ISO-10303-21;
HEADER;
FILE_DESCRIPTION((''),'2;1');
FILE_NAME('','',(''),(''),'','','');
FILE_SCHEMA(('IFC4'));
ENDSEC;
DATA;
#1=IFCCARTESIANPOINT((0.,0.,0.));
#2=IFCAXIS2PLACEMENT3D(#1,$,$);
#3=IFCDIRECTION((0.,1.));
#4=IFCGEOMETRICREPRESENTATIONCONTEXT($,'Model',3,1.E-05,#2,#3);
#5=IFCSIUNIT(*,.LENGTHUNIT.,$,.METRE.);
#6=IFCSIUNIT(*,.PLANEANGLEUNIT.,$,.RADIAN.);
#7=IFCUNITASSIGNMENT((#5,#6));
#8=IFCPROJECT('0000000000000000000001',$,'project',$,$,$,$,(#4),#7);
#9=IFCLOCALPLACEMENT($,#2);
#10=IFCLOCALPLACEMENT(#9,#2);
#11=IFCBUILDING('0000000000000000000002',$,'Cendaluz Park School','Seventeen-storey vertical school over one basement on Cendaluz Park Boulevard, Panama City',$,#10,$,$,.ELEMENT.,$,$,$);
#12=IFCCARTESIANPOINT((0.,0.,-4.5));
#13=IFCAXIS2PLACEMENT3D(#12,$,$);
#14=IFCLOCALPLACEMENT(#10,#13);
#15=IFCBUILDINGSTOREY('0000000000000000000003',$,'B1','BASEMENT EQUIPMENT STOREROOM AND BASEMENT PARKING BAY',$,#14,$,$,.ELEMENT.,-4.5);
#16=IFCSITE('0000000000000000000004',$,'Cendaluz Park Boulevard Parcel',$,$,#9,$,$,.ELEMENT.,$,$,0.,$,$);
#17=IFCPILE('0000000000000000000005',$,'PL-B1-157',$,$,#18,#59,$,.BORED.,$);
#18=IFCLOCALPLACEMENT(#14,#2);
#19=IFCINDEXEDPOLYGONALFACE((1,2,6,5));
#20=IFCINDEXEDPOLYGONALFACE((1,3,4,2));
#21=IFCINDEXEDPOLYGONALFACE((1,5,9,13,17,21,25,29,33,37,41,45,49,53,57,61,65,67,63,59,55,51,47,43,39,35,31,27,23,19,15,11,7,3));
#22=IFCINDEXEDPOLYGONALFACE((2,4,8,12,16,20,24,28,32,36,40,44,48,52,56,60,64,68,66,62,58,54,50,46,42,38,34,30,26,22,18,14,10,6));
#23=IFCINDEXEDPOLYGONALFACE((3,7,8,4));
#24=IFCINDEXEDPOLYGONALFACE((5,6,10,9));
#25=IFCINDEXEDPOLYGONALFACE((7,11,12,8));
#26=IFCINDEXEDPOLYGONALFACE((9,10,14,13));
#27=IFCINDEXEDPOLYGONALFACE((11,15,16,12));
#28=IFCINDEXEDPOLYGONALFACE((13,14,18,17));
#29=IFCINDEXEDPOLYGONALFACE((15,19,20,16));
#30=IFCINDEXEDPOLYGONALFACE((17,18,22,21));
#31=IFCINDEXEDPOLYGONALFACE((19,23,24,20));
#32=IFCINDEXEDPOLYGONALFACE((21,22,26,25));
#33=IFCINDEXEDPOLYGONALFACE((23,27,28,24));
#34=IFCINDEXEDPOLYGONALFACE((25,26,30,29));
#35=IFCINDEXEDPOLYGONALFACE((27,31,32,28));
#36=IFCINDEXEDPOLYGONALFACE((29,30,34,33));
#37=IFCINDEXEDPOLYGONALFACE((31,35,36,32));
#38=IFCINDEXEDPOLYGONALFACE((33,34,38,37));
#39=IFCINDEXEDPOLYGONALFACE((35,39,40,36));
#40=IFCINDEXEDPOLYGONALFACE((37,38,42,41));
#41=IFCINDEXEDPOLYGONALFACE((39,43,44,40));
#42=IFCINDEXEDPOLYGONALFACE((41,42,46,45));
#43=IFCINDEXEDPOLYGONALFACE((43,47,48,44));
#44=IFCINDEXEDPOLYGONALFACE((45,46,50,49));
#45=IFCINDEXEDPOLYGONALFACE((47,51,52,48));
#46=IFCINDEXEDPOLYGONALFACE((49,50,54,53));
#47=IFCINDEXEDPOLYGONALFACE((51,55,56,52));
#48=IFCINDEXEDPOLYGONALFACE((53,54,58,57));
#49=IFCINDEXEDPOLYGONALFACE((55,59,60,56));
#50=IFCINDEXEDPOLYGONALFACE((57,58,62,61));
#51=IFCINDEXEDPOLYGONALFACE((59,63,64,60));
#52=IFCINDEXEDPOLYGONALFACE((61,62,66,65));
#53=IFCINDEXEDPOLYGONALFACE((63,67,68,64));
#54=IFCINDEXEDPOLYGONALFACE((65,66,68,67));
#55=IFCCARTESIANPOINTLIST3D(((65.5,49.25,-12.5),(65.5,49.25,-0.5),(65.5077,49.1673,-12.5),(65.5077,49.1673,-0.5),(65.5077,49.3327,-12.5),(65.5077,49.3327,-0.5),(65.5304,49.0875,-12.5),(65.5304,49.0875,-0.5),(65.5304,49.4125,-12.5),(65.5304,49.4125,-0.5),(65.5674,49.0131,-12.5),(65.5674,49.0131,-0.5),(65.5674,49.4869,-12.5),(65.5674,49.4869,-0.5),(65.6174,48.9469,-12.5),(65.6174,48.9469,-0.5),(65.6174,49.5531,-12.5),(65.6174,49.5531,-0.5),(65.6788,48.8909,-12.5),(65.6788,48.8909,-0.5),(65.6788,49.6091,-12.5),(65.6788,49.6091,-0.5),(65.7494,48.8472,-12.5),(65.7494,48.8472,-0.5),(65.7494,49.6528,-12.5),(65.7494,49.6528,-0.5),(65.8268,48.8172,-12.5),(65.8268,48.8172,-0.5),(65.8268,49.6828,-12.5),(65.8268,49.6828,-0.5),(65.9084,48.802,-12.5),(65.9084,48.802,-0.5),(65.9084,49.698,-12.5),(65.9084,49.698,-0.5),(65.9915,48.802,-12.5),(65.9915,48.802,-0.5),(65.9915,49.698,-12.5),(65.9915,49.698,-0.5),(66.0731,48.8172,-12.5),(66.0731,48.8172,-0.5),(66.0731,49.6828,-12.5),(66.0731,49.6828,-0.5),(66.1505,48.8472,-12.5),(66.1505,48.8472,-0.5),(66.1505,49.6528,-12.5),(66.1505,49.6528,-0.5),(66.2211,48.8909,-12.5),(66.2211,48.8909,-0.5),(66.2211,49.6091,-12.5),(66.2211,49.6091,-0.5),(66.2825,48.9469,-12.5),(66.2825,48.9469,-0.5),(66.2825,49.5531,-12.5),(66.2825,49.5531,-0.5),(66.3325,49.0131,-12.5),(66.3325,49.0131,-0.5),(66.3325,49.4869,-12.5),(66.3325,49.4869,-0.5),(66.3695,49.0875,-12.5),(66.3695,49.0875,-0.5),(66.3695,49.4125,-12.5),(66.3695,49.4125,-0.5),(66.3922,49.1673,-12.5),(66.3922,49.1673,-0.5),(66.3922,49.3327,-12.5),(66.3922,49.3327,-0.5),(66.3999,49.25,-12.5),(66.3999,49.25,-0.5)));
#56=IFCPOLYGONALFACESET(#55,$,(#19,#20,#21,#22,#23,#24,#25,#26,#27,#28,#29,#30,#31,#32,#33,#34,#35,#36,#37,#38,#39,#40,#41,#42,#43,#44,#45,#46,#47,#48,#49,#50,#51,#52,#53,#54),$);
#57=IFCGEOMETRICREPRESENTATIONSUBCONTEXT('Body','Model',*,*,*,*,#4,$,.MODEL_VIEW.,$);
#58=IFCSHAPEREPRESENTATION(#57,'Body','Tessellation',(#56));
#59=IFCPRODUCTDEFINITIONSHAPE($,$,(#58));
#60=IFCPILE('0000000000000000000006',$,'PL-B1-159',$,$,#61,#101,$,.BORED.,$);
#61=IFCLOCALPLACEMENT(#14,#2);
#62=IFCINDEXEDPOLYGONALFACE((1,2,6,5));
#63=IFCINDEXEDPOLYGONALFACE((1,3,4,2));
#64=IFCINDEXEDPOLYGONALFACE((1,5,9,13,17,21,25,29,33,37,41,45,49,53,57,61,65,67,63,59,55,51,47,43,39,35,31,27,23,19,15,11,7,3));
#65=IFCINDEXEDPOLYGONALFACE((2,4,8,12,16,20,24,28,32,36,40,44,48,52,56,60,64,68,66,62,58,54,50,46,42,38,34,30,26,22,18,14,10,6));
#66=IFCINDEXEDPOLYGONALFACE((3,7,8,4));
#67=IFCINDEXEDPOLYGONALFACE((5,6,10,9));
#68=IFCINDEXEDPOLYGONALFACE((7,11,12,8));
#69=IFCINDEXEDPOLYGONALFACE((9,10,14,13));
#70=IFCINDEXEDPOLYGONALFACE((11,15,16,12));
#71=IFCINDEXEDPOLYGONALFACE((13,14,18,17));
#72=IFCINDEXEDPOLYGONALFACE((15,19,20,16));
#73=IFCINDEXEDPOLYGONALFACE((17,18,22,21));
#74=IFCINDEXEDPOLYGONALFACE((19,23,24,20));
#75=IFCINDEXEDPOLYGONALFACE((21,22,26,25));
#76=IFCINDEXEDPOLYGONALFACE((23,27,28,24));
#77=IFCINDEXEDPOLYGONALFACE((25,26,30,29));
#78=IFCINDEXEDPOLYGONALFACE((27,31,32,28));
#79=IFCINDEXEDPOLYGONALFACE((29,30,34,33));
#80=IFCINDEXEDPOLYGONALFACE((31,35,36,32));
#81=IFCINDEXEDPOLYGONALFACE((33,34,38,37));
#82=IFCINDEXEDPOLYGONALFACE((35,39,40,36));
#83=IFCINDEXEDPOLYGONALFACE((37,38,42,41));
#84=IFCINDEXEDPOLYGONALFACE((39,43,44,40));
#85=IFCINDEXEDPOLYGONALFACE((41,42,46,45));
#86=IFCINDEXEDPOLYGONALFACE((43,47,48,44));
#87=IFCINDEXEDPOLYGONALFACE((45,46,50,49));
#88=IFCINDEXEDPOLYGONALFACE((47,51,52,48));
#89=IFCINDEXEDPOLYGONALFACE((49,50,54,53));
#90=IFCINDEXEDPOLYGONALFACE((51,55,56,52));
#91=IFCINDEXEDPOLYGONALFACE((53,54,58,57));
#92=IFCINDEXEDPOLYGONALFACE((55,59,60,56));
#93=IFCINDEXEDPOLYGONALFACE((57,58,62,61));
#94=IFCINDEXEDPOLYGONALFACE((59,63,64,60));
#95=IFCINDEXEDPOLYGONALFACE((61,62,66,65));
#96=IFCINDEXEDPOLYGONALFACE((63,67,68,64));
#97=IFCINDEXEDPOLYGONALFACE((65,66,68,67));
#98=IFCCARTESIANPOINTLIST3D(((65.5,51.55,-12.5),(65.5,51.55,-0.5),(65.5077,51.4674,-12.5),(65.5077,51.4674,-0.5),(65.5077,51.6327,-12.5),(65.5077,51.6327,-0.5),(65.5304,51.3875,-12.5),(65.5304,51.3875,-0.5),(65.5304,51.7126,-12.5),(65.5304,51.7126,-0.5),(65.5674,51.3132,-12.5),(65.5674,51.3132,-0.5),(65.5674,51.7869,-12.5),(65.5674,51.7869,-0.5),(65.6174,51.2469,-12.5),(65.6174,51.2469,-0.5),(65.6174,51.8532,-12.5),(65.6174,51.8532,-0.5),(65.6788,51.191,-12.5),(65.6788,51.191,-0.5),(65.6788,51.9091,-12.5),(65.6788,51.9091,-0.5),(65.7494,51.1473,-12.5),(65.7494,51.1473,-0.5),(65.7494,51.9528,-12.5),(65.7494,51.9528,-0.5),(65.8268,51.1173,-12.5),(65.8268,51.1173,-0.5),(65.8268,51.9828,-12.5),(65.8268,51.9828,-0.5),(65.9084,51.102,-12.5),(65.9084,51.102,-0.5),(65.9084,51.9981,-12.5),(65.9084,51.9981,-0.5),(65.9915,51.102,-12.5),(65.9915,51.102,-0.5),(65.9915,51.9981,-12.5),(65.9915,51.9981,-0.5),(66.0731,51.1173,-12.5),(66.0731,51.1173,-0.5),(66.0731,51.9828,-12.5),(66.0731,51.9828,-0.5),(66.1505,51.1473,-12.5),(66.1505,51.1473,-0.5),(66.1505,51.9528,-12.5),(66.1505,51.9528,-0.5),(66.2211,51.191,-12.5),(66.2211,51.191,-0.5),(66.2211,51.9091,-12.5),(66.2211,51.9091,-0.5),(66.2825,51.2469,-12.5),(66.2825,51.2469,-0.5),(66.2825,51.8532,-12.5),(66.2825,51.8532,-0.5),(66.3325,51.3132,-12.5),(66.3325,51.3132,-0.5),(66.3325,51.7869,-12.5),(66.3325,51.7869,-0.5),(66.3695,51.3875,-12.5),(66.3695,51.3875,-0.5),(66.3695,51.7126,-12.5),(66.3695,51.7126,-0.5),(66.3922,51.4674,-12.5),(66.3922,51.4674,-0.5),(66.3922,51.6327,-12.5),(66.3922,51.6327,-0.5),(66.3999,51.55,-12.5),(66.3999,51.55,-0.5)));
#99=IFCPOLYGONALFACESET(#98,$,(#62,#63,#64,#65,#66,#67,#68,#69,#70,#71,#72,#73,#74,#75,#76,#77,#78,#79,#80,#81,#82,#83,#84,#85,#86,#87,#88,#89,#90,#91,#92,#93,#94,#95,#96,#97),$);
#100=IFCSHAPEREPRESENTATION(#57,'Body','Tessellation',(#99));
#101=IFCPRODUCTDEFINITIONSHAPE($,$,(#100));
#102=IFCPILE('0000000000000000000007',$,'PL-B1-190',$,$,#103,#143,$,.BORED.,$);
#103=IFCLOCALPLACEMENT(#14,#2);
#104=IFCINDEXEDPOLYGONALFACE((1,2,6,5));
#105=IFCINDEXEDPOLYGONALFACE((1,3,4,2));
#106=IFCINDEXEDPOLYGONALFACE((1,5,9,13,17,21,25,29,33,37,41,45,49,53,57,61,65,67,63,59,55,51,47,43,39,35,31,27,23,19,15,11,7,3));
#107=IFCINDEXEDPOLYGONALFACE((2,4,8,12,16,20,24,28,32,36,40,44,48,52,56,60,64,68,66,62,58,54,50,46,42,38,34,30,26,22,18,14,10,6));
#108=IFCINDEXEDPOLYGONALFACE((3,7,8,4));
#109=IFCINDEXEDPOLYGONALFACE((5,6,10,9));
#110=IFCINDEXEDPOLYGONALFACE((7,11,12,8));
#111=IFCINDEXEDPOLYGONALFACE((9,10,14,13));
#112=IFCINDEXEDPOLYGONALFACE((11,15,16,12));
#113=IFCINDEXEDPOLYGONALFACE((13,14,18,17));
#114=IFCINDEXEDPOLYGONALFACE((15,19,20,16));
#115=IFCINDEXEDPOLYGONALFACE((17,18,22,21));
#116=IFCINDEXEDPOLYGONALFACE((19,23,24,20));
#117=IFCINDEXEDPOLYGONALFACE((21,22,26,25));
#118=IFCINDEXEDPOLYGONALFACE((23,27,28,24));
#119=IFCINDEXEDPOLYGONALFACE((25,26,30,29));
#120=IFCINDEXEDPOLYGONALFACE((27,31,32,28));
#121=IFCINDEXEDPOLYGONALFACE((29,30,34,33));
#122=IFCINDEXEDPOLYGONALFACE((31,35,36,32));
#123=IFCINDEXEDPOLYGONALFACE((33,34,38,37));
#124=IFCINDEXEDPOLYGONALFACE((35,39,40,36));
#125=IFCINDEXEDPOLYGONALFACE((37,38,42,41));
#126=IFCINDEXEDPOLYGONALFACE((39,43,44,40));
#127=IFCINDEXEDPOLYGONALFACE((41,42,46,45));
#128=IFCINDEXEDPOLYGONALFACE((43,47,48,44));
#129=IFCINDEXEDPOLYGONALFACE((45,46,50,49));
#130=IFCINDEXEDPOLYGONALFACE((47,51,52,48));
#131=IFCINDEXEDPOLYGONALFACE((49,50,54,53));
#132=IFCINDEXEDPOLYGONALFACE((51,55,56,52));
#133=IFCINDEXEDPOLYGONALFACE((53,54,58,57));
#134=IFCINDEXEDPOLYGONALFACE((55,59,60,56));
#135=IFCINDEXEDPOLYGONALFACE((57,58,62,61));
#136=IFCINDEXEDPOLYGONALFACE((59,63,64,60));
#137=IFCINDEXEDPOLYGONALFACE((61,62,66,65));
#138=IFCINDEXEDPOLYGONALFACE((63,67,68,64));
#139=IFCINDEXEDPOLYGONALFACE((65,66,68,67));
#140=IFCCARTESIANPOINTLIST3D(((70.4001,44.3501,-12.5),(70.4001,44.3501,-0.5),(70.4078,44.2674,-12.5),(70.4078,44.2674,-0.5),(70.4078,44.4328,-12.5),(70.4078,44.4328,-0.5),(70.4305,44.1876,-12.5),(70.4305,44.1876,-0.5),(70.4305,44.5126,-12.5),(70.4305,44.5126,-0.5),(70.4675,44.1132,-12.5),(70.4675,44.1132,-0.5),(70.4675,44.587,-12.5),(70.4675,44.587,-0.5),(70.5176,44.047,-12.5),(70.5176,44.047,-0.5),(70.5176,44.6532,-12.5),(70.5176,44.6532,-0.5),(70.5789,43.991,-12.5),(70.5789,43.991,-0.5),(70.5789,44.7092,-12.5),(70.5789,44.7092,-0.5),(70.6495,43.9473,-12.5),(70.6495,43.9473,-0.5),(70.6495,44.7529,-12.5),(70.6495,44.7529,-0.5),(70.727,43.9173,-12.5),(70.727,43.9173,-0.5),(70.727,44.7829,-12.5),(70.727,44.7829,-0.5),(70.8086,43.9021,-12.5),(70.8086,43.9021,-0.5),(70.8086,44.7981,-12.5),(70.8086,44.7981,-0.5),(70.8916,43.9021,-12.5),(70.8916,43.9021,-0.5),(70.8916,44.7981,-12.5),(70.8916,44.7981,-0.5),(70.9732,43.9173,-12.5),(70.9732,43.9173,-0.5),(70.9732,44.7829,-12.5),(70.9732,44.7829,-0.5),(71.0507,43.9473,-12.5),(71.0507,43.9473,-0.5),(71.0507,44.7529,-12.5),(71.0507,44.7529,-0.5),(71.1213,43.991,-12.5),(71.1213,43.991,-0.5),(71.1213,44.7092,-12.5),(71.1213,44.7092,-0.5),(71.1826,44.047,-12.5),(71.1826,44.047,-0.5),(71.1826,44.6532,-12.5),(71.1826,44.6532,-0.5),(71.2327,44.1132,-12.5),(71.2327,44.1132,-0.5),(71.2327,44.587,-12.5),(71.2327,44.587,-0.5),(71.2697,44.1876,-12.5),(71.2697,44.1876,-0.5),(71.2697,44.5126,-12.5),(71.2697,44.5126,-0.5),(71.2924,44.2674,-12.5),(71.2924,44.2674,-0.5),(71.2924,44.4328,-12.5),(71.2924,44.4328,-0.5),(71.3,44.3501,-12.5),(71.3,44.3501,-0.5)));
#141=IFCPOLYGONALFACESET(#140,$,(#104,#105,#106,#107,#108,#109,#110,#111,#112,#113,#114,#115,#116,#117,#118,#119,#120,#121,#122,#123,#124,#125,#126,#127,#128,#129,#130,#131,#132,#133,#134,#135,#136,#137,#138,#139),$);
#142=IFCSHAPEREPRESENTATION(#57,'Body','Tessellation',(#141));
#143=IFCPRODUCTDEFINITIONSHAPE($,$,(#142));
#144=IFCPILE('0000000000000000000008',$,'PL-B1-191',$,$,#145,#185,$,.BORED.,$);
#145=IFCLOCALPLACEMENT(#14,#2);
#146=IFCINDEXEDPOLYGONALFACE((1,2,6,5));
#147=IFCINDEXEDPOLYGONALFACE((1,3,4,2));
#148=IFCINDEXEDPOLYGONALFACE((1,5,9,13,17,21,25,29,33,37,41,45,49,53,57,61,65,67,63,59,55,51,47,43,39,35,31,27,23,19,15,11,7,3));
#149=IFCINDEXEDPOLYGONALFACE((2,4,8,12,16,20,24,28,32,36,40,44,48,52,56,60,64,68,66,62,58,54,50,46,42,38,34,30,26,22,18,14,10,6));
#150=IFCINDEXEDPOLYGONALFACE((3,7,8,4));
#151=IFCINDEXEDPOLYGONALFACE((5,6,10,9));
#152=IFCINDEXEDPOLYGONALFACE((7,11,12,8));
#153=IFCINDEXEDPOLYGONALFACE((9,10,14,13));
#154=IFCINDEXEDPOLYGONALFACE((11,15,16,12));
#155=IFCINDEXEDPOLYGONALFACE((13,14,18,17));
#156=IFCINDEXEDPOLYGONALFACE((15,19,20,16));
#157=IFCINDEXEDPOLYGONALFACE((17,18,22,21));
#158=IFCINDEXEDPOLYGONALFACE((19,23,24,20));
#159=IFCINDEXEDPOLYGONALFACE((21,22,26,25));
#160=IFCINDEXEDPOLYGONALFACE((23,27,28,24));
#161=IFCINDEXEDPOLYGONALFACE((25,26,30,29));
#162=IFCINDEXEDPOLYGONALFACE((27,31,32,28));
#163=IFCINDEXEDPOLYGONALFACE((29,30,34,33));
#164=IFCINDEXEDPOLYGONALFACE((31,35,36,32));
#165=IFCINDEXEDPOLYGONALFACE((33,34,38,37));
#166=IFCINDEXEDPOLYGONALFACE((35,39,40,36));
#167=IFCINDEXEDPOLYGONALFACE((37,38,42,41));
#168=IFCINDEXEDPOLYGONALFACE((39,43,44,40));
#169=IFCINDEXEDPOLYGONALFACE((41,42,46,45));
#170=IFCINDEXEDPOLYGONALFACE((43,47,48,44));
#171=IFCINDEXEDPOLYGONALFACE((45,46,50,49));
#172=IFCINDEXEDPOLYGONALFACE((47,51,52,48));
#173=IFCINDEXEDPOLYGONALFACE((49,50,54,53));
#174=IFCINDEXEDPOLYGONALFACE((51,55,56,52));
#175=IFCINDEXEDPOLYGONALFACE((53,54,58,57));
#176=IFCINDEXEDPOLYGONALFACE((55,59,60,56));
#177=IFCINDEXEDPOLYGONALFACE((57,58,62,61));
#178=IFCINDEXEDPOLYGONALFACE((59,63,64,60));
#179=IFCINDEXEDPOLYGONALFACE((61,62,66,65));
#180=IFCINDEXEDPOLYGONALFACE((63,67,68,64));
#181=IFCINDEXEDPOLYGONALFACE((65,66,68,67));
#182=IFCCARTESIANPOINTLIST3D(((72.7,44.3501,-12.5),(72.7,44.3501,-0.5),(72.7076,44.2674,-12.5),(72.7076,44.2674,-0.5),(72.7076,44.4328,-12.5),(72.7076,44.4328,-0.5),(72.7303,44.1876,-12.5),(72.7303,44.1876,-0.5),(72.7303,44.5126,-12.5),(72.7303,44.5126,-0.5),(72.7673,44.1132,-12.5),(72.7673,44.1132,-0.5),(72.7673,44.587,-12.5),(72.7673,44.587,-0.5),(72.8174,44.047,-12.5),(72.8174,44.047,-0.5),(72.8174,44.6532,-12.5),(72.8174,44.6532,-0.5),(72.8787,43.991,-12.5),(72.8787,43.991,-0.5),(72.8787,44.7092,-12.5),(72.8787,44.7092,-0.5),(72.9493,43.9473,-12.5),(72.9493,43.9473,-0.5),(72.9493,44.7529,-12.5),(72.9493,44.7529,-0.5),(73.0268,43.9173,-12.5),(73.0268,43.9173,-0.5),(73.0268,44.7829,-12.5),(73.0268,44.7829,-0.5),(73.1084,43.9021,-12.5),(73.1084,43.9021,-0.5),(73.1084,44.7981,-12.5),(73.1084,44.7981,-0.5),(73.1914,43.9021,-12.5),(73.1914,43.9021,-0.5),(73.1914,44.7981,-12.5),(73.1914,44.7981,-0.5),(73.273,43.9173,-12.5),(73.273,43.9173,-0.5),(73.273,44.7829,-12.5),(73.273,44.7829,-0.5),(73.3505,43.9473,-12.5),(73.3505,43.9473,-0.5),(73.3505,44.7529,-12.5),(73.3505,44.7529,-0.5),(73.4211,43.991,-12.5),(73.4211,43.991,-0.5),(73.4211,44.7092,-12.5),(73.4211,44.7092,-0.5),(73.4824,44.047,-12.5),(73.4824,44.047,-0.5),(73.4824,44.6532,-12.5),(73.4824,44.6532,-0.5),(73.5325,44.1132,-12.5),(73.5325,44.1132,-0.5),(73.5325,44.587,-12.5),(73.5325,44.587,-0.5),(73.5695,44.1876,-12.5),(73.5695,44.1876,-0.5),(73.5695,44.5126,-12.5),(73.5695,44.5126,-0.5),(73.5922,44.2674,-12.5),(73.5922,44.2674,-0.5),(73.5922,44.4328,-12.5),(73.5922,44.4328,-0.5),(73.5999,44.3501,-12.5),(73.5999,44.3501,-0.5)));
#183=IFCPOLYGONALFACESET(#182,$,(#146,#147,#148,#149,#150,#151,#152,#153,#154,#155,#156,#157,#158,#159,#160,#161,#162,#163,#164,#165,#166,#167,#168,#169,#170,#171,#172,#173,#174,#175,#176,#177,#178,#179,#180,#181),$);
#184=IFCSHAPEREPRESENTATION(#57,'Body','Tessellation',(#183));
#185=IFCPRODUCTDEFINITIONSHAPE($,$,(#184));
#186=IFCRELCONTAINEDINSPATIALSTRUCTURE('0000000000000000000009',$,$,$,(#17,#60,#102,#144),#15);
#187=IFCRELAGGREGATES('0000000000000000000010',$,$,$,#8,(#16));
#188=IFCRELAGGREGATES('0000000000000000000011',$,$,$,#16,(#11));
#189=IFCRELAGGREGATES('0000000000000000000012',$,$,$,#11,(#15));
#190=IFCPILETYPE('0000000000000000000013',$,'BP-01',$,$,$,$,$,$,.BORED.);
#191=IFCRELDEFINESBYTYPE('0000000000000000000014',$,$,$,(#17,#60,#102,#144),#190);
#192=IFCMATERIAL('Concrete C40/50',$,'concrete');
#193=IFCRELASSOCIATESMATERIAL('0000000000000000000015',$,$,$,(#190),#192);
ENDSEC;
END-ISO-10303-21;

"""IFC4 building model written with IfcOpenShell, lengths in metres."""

from ifc_helpers import new_model, si_unit, direction, frame, origin, origin_2d, place, context, subcontext, project, spatial, circle, extrude, material, material_profile, profile_set, type_object, element, save


model = new_model("IFC4")

# Units and contexts
model_context = context("Model", 3, precision=1e-05, world=origin(), true_north=direction((0.0, 1.0)))
body_context = subcontext(model_context, "Body", "Model", "MODEL_VIEW")
ifc_project = project(units=[si_unit("LENGTHUNIT", "METRE"), si_unit("PLANEANGLEUNIT", "RADIAN")], contexts=[model_context])

# Site, building, storey
site_placement = place(None, origin())
site = spatial("IfcSite", under=ifc_project, at=site_placement, Name="Cendaluz Park Boulevard Parcel", CompositionType="ELEMENT", RefElevation=0.0)
building_placement = place(site_placement, origin())
building = spatial("IfcBuilding", under=site, at=building_placement, Name="Cendaluz Park School", Description="Seventeen-storey vertical school over one basement on Cendaluz Park Boulevard, Panama City", CompositionType="ELEMENT")
storey_placement = place(building_placement, frame((0.0, 0.0, -4.5)))
storey = spatial("IfcBuildingStorey", under=building, at=storey_placement, Name="B1", Description="BASEMENT EQUIPMENT STOREROOM AND BASEMENT PARKING BAY", CompositionType="ELEMENT", Elevation=-4.5)

# Piles
ifc_material_1 = material(Name="Concrete C40/50", Category="concrete")
ifc_material_profile_1 = material_profile(ifc_material_1, circle(Radius=0.45, at=origin_2d()), Name="BP D900", Category="concrete")
ifc_profile_set_1 = profile_set([ifc_material_profile_1], Name="Concrete C40/50")
pile_type = type_object("IfcPileType", Name="BP-01", PredefinedType="BORED", material=ifc_profile_set_1)
for number, where, z_axis, x_axis, name in (
    (1, (65.95, 49.25, -0.5), (0.0, 0.0, -1.0), (1.0, 0.0, 0.0), "PL-B1-157"),
    (2, (65.95, 51.55, -0.5), (0.0, 0.0, -1.0), (1.0, 0.0, 0.0), "PL-B1-159"),
    (3, (70.8501, 44.3501, -0.5), (0.0, 0.0, -1.0), (1.0, 0.0, 0.0), "PL-B1-190"),
    (4, (73.1499, 44.3501, -0.5), (0.0, 0.0, -1.0), (1.0, 0.0, 0.0), "PL-B1-191"),
):
    element("IfcPile", number, at=place(storey_placement, frame(where, z_axis=z_axis, x_axis=x_axis)), inside=storey, type_object=pile_type, Name=name, PredefinedType="BORED", context=body_context, shape_type="SweptSolid", body=[
        extrude(circle(Radius=0.45, at=origin_2d()), origin(), (0.0, 0.0, 1.0), 12.0),
    ])

save(model, "model.ifc")
